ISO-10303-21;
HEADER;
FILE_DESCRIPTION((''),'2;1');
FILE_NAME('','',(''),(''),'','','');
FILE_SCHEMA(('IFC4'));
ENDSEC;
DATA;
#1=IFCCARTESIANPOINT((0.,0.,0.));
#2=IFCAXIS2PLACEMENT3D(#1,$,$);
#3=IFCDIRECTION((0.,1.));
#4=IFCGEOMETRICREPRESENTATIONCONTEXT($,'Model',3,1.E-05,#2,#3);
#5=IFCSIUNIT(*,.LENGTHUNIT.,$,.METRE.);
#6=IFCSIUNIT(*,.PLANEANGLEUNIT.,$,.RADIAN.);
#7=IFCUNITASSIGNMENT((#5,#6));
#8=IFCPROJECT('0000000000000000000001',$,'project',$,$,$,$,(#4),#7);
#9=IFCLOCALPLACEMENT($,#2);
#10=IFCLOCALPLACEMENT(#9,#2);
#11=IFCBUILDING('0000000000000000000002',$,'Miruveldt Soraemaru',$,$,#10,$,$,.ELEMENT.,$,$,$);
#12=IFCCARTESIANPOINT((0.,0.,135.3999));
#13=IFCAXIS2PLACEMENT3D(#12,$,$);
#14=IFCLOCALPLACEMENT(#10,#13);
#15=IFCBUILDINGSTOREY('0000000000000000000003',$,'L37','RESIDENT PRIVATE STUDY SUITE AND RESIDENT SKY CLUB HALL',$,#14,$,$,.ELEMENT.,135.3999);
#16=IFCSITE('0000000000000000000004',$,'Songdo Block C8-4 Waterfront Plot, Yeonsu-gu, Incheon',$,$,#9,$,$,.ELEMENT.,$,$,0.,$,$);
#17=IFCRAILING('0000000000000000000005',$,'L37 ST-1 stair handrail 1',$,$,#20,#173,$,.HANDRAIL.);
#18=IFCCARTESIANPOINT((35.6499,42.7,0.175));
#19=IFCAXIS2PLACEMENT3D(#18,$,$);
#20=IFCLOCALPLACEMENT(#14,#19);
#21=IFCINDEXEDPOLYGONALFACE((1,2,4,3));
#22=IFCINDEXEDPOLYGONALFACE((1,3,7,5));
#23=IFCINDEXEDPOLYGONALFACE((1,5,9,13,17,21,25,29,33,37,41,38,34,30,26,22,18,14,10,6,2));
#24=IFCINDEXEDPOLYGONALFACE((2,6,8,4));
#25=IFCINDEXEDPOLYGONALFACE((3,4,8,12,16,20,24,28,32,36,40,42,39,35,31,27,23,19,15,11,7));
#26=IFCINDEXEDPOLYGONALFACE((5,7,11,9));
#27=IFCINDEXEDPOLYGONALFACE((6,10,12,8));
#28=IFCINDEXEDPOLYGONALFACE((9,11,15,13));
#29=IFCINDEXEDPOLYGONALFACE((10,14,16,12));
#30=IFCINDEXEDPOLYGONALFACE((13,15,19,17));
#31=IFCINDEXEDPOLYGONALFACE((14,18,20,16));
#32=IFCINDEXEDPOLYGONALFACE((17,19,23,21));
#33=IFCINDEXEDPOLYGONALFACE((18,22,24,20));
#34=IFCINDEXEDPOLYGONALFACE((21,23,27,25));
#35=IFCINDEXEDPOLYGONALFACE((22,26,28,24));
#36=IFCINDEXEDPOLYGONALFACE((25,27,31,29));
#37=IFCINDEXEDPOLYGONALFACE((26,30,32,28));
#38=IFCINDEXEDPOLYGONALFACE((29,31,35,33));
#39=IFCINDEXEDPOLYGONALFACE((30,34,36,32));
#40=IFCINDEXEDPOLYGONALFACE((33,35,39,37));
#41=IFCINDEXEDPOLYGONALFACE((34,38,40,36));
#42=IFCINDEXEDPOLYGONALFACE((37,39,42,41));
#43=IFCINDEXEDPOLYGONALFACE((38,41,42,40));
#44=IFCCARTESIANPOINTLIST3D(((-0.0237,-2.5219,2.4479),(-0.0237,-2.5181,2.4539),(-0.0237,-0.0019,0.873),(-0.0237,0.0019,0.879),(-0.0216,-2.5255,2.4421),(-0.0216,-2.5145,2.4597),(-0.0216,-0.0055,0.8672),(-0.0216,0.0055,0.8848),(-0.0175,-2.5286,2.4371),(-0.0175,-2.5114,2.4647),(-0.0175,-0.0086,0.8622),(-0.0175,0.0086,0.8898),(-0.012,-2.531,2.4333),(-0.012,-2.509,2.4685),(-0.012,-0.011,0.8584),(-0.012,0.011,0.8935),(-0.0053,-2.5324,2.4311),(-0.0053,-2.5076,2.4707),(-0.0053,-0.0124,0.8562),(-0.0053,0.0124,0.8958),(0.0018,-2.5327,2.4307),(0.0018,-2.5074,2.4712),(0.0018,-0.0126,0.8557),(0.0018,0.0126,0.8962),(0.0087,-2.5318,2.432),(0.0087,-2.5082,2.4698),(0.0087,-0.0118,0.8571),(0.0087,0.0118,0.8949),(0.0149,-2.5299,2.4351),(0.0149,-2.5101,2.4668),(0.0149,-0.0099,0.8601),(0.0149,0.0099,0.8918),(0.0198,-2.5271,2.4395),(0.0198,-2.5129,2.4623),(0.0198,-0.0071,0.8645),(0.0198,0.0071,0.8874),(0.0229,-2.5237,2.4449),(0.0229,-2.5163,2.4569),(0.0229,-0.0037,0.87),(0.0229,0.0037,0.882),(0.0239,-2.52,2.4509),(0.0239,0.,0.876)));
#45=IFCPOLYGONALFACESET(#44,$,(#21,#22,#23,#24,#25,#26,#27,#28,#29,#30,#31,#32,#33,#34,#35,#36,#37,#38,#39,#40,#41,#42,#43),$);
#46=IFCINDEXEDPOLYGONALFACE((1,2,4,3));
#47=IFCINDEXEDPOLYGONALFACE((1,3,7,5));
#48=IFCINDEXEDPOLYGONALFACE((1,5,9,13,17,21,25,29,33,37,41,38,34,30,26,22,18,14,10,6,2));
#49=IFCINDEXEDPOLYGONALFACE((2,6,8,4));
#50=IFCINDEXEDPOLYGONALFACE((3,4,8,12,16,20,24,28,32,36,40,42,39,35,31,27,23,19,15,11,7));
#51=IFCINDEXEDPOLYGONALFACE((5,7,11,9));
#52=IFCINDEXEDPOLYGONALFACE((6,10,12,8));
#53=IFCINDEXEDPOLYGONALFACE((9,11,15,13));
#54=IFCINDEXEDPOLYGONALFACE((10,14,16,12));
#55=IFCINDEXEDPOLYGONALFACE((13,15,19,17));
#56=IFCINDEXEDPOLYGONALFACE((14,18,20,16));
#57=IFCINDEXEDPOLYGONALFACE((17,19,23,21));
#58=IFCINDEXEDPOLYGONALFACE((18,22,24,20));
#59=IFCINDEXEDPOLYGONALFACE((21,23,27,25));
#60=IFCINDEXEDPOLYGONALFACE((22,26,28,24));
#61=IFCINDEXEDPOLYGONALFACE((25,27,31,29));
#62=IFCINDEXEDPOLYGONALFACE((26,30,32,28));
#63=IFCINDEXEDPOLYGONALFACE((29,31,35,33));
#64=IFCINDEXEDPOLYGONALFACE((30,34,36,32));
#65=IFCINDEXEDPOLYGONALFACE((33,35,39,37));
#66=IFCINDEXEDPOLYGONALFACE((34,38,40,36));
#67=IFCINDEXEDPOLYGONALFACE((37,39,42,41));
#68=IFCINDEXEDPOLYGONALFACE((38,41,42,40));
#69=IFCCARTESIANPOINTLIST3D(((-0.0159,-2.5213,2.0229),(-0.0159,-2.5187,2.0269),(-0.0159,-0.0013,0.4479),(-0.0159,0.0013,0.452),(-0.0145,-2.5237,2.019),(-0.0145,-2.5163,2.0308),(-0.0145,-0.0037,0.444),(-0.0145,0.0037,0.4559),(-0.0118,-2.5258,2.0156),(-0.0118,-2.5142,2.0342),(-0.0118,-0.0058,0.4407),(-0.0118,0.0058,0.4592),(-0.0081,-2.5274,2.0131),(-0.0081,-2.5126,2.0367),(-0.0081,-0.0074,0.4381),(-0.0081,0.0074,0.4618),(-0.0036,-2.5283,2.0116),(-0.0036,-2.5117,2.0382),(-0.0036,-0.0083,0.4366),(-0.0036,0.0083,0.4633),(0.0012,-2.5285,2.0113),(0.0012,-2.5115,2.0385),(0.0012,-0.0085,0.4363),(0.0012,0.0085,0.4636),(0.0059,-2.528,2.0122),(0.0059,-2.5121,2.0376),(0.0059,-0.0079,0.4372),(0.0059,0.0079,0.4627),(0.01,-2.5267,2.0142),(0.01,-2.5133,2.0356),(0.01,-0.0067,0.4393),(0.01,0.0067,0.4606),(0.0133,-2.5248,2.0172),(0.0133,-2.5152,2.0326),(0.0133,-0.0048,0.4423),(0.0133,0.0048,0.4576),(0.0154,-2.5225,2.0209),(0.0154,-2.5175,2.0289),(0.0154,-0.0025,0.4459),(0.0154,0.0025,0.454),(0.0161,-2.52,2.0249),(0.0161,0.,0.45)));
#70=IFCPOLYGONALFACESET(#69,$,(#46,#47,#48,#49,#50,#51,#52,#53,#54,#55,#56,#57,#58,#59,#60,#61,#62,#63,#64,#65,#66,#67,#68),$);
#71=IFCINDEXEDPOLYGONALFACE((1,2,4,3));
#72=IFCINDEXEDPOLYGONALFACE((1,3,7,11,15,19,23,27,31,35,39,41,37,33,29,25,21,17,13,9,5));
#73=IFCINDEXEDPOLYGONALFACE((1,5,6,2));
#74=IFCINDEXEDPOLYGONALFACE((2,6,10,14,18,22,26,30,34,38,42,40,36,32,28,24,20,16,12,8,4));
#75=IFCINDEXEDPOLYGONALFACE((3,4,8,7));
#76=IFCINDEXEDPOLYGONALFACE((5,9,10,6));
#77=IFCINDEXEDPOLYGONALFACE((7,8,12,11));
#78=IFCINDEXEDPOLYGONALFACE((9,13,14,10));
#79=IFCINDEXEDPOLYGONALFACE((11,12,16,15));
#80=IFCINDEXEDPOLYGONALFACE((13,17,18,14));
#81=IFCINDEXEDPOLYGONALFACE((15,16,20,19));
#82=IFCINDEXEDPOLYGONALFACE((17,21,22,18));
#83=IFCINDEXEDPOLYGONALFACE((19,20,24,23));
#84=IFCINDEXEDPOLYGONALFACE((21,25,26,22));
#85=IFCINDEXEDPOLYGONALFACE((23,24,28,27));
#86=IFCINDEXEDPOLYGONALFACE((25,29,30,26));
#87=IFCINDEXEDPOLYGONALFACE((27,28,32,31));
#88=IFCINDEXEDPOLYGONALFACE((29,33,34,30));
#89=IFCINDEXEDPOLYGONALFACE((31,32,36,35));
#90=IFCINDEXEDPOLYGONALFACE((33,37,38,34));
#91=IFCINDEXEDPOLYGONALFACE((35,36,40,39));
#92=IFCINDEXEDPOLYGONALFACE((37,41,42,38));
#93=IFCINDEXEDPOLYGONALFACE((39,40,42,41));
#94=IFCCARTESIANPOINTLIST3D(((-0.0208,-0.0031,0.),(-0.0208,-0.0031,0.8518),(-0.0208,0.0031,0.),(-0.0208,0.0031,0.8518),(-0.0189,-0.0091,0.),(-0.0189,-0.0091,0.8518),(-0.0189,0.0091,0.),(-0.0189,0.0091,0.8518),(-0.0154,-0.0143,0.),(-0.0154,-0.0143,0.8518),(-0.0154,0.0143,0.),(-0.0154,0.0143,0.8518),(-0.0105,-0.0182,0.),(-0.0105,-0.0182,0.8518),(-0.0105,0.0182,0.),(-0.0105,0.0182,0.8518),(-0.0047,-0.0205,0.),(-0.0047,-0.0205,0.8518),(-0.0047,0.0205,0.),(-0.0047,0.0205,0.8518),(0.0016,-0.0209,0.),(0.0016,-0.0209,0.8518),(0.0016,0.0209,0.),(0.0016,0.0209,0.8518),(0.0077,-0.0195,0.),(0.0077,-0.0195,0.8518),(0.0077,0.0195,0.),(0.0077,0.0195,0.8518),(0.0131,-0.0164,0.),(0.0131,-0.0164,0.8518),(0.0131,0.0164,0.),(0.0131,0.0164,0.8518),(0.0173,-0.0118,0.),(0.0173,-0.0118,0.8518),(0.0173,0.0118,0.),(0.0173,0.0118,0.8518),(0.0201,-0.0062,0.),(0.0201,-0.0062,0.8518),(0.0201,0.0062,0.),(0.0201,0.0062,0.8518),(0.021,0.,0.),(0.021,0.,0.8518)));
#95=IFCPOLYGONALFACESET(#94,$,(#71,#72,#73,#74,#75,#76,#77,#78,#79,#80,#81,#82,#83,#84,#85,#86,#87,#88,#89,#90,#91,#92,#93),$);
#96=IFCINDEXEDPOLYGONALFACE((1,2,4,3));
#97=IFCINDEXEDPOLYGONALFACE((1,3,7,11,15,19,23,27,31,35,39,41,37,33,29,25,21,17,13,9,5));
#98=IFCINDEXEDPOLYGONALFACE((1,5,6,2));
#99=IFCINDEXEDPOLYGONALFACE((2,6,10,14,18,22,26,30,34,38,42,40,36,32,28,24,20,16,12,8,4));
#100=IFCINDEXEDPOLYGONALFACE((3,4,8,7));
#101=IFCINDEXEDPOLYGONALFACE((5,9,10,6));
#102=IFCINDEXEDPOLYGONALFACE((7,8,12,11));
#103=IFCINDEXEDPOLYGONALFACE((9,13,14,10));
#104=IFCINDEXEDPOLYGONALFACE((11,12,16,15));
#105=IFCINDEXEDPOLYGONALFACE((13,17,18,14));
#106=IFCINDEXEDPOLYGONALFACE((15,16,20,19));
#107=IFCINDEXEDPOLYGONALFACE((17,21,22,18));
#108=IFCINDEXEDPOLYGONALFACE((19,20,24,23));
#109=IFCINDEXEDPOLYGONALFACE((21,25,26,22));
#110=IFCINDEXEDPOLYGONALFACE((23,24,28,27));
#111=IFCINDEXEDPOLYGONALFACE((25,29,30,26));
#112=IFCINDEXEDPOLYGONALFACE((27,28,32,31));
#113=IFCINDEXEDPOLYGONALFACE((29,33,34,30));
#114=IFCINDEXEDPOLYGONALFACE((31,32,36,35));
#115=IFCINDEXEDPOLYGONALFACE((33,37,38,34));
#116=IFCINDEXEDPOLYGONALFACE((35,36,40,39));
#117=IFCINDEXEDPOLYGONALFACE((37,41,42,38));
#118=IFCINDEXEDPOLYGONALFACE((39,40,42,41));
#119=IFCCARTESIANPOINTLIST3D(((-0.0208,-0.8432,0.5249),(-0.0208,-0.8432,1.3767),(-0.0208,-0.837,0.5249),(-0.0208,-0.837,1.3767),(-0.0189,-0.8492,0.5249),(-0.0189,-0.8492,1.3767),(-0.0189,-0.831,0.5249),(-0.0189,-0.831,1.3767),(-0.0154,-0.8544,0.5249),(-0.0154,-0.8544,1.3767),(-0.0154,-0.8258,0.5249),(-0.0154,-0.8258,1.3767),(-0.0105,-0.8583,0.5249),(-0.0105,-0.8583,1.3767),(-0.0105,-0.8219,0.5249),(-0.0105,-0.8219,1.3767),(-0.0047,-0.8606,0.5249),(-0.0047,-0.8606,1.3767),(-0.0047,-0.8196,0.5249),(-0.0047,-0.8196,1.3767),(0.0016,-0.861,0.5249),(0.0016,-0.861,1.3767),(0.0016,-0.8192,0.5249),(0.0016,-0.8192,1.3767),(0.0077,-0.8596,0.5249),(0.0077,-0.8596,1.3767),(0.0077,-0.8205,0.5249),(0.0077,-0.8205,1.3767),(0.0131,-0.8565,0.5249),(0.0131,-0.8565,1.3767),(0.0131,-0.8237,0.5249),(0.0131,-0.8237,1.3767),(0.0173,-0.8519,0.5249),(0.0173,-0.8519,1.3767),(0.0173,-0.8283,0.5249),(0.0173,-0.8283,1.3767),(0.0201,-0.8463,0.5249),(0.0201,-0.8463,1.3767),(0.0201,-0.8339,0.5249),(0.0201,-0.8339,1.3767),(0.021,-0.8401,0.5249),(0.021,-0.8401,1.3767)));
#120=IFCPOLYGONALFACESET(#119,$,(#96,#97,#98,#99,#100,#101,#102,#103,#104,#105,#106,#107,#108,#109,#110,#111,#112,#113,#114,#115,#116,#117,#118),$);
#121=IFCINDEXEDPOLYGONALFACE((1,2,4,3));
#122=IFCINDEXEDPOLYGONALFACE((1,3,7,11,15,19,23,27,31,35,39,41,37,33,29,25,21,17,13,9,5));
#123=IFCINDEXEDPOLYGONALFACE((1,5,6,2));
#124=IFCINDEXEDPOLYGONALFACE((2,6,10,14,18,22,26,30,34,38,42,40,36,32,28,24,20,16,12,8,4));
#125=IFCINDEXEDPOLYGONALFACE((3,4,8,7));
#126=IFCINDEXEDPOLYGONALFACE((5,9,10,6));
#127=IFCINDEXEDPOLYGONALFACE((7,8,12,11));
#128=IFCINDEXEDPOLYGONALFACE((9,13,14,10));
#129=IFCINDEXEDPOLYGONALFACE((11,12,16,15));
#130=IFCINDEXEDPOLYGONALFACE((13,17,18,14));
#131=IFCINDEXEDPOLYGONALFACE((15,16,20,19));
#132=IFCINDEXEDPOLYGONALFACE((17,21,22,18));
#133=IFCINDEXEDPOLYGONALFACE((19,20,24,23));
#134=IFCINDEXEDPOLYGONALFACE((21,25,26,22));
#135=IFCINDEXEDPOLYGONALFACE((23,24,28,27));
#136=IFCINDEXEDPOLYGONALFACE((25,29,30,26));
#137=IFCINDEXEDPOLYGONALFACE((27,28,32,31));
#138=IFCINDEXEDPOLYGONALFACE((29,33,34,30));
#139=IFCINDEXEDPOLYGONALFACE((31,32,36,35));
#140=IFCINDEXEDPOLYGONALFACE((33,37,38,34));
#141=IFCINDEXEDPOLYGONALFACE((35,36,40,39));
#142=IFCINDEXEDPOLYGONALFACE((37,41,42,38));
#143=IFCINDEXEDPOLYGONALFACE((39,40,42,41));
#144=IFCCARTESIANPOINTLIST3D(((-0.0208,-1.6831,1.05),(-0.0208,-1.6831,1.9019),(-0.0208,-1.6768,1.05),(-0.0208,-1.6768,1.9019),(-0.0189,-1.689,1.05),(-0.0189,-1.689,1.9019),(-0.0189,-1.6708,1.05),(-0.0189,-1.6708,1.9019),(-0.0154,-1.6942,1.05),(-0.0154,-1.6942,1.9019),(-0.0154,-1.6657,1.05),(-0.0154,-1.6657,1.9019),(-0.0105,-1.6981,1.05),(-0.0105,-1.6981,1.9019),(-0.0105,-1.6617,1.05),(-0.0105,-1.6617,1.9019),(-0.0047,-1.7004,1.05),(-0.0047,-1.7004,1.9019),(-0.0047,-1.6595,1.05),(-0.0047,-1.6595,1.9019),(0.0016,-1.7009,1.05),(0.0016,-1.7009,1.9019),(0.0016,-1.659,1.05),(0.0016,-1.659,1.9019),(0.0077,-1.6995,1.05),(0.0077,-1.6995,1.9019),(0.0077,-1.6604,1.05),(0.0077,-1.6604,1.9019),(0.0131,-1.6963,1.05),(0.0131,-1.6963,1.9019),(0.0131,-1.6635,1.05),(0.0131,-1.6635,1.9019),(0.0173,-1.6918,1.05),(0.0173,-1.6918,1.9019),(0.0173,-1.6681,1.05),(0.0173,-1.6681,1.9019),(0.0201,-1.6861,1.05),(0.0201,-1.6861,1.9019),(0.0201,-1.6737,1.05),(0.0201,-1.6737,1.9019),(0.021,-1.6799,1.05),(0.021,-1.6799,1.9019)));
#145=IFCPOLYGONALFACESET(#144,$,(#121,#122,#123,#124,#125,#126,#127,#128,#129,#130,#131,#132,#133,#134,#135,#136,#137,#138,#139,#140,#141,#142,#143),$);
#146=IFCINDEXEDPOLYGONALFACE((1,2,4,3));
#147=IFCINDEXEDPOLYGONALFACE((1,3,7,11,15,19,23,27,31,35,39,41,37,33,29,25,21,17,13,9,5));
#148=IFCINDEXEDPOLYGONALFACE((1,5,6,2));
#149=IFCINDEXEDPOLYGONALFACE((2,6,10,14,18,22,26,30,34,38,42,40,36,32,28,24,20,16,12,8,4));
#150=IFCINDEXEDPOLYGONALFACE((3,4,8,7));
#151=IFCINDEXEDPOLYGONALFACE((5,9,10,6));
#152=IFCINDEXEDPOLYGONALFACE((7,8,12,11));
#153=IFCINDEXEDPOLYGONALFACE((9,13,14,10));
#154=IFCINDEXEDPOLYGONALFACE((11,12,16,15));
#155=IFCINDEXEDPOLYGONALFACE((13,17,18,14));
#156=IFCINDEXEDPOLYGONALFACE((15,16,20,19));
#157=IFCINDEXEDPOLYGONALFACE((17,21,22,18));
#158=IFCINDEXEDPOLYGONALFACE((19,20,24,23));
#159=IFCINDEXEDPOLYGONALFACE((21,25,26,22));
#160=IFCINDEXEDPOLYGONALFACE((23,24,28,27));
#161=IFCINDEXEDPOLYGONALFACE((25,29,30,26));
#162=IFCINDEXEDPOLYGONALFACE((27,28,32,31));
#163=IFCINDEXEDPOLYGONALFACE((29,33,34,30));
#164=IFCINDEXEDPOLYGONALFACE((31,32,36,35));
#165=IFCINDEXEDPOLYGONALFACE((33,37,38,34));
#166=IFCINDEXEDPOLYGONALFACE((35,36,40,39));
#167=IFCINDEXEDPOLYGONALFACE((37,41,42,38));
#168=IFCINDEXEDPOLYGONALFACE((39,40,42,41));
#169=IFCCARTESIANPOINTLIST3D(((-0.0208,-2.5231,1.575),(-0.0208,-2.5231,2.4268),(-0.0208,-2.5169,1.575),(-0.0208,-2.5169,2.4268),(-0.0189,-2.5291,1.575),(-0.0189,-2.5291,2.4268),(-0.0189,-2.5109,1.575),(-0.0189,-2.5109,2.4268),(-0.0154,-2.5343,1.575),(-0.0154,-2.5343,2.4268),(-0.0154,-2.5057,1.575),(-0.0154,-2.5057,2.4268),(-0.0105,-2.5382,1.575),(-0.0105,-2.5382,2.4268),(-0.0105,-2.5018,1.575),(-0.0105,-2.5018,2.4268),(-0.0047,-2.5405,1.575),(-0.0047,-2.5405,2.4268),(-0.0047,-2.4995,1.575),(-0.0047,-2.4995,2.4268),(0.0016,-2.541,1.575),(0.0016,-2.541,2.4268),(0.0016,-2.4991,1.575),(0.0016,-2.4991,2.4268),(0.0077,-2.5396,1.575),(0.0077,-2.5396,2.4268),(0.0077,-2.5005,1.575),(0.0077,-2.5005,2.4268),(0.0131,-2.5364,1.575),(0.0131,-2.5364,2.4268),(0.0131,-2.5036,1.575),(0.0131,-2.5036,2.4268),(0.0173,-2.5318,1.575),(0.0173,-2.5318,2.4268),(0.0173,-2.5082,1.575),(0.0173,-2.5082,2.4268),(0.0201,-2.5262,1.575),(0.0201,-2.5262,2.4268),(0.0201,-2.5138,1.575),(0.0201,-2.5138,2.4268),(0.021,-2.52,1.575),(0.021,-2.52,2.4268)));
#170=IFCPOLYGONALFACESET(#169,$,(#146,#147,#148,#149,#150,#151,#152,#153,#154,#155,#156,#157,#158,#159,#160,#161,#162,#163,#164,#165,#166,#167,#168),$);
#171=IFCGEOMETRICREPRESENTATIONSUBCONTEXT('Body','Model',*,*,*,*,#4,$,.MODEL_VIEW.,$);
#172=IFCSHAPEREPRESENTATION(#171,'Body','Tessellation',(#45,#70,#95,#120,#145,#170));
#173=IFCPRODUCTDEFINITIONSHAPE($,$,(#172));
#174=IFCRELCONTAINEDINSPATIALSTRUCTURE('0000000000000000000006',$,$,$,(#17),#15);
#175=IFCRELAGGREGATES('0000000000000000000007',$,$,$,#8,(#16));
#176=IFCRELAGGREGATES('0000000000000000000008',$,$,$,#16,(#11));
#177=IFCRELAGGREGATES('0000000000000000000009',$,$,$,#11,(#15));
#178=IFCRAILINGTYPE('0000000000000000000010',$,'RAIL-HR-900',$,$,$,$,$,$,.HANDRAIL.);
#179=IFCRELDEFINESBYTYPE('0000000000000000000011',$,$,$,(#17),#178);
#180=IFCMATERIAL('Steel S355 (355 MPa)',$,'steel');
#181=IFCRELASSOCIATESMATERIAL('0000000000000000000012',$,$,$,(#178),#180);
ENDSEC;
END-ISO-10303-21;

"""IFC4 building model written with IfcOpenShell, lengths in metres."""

from ifc_helpers import new_model, si_unit, direction, frame, origin, origin_2d, place, context, subcontext, project, spatial, circle, extrude, material, type_object, element, save


model = new_model("IFC4")

# Units and contexts
model_context = context("Model", 3, precision=1e-05, world=origin(), true_north=direction((0.0, 1.0)))
body_context = subcontext(model_context, "Body", "Model", "MODEL_VIEW")
ifc_project = project(units=[si_unit("LENGTHUNIT", "METRE"), si_unit("PLANEANGLEUNIT", "RADIAN")], contexts=[model_context])

# Site, building, storey
site_placement = place(None, origin())
site = spatial("IfcSite", under=ifc_project, at=site_placement, Name="Songdo Block C8-4 Waterfront Plot, Yeonsu-gu, Incheon", CompositionType="ELEMENT", RefElevation=0.0)
building_placement = place(site_placement, origin())
building = spatial("IfcBuilding", under=site, at=building_placement, Name="Miruveldt Soraemaru", CompositionType="ELEMENT")
storey_placement = place(building_placement, frame((0.0, 0.0, 135.3999)))
storey = spatial("IfcBuildingStorey", under=building, at=storey_placement, Name="L37", Description="RESIDENT PRIVATE STUDY SUITE AND RESIDENT SKY CLUB HALL", CompositionType="ELEMENT", Elevation=135.3999)

# Railing
ifc_material_1 = material(Name="Steel S355 (355 MPa)", Category="steel")
railing_type_1 = type_object("IfcRailingType", Name="RAIL-HR-900", PredefinedType="HANDRAIL", material=ifc_material_1)
railing_1_placement = place(storey_placement, frame((35.6499, 42.7, 0.175)))
element("IfcRailing", 1, at=railing_1_placement, inside=storey, type_object=railing_type_1, Name="L37 ST-1 stair handrail 1", PredefinedType="HANDRAIL", context=body_context, shape_type="SweptSolid", body=[
    extrude(circle(Radius=0.0239, at=origin_2d()), frame((0.0, 0.0, 0.876), z_axis=(0.0, -0.848008, 0.529984), x_axis=(1.0, 0.0, 0.0)), (0.0, 0.0, 1.0), 2.9717),
    extrude(circle(Radius=0.0161, at=origin_2d()), frame((0.0, 0.0, 0.45), z_axis=(0.0, -0.848008, 0.529984), x_axis=(1.0, 0.0, 0.0)), (0.0, 0.0, 1.0), 2.9717),
    extrude(circle(Radius=0.021, at=origin_2d()), origin(), (0.0, 0.0, 1.0), 0.8518),
    extrude(circle(Radius=0.021, at=origin_2d()), frame((0.0, -0.8401, 0.5249)), (0.0, 0.0, 1.0), 0.8518),
    extrude(circle(Radius=0.021, at=origin_2d()), frame((0.0, -1.6799, 1.05)), (0.0, 0.0, 1.0), 0.8518),
    extrude(circle(Radius=0.021, at=origin_2d()), frame((0.0, -2.52, 1.575)), (0.0, 0.0, 1.0), 0.8518),
])

save(model, "model.ifc")
